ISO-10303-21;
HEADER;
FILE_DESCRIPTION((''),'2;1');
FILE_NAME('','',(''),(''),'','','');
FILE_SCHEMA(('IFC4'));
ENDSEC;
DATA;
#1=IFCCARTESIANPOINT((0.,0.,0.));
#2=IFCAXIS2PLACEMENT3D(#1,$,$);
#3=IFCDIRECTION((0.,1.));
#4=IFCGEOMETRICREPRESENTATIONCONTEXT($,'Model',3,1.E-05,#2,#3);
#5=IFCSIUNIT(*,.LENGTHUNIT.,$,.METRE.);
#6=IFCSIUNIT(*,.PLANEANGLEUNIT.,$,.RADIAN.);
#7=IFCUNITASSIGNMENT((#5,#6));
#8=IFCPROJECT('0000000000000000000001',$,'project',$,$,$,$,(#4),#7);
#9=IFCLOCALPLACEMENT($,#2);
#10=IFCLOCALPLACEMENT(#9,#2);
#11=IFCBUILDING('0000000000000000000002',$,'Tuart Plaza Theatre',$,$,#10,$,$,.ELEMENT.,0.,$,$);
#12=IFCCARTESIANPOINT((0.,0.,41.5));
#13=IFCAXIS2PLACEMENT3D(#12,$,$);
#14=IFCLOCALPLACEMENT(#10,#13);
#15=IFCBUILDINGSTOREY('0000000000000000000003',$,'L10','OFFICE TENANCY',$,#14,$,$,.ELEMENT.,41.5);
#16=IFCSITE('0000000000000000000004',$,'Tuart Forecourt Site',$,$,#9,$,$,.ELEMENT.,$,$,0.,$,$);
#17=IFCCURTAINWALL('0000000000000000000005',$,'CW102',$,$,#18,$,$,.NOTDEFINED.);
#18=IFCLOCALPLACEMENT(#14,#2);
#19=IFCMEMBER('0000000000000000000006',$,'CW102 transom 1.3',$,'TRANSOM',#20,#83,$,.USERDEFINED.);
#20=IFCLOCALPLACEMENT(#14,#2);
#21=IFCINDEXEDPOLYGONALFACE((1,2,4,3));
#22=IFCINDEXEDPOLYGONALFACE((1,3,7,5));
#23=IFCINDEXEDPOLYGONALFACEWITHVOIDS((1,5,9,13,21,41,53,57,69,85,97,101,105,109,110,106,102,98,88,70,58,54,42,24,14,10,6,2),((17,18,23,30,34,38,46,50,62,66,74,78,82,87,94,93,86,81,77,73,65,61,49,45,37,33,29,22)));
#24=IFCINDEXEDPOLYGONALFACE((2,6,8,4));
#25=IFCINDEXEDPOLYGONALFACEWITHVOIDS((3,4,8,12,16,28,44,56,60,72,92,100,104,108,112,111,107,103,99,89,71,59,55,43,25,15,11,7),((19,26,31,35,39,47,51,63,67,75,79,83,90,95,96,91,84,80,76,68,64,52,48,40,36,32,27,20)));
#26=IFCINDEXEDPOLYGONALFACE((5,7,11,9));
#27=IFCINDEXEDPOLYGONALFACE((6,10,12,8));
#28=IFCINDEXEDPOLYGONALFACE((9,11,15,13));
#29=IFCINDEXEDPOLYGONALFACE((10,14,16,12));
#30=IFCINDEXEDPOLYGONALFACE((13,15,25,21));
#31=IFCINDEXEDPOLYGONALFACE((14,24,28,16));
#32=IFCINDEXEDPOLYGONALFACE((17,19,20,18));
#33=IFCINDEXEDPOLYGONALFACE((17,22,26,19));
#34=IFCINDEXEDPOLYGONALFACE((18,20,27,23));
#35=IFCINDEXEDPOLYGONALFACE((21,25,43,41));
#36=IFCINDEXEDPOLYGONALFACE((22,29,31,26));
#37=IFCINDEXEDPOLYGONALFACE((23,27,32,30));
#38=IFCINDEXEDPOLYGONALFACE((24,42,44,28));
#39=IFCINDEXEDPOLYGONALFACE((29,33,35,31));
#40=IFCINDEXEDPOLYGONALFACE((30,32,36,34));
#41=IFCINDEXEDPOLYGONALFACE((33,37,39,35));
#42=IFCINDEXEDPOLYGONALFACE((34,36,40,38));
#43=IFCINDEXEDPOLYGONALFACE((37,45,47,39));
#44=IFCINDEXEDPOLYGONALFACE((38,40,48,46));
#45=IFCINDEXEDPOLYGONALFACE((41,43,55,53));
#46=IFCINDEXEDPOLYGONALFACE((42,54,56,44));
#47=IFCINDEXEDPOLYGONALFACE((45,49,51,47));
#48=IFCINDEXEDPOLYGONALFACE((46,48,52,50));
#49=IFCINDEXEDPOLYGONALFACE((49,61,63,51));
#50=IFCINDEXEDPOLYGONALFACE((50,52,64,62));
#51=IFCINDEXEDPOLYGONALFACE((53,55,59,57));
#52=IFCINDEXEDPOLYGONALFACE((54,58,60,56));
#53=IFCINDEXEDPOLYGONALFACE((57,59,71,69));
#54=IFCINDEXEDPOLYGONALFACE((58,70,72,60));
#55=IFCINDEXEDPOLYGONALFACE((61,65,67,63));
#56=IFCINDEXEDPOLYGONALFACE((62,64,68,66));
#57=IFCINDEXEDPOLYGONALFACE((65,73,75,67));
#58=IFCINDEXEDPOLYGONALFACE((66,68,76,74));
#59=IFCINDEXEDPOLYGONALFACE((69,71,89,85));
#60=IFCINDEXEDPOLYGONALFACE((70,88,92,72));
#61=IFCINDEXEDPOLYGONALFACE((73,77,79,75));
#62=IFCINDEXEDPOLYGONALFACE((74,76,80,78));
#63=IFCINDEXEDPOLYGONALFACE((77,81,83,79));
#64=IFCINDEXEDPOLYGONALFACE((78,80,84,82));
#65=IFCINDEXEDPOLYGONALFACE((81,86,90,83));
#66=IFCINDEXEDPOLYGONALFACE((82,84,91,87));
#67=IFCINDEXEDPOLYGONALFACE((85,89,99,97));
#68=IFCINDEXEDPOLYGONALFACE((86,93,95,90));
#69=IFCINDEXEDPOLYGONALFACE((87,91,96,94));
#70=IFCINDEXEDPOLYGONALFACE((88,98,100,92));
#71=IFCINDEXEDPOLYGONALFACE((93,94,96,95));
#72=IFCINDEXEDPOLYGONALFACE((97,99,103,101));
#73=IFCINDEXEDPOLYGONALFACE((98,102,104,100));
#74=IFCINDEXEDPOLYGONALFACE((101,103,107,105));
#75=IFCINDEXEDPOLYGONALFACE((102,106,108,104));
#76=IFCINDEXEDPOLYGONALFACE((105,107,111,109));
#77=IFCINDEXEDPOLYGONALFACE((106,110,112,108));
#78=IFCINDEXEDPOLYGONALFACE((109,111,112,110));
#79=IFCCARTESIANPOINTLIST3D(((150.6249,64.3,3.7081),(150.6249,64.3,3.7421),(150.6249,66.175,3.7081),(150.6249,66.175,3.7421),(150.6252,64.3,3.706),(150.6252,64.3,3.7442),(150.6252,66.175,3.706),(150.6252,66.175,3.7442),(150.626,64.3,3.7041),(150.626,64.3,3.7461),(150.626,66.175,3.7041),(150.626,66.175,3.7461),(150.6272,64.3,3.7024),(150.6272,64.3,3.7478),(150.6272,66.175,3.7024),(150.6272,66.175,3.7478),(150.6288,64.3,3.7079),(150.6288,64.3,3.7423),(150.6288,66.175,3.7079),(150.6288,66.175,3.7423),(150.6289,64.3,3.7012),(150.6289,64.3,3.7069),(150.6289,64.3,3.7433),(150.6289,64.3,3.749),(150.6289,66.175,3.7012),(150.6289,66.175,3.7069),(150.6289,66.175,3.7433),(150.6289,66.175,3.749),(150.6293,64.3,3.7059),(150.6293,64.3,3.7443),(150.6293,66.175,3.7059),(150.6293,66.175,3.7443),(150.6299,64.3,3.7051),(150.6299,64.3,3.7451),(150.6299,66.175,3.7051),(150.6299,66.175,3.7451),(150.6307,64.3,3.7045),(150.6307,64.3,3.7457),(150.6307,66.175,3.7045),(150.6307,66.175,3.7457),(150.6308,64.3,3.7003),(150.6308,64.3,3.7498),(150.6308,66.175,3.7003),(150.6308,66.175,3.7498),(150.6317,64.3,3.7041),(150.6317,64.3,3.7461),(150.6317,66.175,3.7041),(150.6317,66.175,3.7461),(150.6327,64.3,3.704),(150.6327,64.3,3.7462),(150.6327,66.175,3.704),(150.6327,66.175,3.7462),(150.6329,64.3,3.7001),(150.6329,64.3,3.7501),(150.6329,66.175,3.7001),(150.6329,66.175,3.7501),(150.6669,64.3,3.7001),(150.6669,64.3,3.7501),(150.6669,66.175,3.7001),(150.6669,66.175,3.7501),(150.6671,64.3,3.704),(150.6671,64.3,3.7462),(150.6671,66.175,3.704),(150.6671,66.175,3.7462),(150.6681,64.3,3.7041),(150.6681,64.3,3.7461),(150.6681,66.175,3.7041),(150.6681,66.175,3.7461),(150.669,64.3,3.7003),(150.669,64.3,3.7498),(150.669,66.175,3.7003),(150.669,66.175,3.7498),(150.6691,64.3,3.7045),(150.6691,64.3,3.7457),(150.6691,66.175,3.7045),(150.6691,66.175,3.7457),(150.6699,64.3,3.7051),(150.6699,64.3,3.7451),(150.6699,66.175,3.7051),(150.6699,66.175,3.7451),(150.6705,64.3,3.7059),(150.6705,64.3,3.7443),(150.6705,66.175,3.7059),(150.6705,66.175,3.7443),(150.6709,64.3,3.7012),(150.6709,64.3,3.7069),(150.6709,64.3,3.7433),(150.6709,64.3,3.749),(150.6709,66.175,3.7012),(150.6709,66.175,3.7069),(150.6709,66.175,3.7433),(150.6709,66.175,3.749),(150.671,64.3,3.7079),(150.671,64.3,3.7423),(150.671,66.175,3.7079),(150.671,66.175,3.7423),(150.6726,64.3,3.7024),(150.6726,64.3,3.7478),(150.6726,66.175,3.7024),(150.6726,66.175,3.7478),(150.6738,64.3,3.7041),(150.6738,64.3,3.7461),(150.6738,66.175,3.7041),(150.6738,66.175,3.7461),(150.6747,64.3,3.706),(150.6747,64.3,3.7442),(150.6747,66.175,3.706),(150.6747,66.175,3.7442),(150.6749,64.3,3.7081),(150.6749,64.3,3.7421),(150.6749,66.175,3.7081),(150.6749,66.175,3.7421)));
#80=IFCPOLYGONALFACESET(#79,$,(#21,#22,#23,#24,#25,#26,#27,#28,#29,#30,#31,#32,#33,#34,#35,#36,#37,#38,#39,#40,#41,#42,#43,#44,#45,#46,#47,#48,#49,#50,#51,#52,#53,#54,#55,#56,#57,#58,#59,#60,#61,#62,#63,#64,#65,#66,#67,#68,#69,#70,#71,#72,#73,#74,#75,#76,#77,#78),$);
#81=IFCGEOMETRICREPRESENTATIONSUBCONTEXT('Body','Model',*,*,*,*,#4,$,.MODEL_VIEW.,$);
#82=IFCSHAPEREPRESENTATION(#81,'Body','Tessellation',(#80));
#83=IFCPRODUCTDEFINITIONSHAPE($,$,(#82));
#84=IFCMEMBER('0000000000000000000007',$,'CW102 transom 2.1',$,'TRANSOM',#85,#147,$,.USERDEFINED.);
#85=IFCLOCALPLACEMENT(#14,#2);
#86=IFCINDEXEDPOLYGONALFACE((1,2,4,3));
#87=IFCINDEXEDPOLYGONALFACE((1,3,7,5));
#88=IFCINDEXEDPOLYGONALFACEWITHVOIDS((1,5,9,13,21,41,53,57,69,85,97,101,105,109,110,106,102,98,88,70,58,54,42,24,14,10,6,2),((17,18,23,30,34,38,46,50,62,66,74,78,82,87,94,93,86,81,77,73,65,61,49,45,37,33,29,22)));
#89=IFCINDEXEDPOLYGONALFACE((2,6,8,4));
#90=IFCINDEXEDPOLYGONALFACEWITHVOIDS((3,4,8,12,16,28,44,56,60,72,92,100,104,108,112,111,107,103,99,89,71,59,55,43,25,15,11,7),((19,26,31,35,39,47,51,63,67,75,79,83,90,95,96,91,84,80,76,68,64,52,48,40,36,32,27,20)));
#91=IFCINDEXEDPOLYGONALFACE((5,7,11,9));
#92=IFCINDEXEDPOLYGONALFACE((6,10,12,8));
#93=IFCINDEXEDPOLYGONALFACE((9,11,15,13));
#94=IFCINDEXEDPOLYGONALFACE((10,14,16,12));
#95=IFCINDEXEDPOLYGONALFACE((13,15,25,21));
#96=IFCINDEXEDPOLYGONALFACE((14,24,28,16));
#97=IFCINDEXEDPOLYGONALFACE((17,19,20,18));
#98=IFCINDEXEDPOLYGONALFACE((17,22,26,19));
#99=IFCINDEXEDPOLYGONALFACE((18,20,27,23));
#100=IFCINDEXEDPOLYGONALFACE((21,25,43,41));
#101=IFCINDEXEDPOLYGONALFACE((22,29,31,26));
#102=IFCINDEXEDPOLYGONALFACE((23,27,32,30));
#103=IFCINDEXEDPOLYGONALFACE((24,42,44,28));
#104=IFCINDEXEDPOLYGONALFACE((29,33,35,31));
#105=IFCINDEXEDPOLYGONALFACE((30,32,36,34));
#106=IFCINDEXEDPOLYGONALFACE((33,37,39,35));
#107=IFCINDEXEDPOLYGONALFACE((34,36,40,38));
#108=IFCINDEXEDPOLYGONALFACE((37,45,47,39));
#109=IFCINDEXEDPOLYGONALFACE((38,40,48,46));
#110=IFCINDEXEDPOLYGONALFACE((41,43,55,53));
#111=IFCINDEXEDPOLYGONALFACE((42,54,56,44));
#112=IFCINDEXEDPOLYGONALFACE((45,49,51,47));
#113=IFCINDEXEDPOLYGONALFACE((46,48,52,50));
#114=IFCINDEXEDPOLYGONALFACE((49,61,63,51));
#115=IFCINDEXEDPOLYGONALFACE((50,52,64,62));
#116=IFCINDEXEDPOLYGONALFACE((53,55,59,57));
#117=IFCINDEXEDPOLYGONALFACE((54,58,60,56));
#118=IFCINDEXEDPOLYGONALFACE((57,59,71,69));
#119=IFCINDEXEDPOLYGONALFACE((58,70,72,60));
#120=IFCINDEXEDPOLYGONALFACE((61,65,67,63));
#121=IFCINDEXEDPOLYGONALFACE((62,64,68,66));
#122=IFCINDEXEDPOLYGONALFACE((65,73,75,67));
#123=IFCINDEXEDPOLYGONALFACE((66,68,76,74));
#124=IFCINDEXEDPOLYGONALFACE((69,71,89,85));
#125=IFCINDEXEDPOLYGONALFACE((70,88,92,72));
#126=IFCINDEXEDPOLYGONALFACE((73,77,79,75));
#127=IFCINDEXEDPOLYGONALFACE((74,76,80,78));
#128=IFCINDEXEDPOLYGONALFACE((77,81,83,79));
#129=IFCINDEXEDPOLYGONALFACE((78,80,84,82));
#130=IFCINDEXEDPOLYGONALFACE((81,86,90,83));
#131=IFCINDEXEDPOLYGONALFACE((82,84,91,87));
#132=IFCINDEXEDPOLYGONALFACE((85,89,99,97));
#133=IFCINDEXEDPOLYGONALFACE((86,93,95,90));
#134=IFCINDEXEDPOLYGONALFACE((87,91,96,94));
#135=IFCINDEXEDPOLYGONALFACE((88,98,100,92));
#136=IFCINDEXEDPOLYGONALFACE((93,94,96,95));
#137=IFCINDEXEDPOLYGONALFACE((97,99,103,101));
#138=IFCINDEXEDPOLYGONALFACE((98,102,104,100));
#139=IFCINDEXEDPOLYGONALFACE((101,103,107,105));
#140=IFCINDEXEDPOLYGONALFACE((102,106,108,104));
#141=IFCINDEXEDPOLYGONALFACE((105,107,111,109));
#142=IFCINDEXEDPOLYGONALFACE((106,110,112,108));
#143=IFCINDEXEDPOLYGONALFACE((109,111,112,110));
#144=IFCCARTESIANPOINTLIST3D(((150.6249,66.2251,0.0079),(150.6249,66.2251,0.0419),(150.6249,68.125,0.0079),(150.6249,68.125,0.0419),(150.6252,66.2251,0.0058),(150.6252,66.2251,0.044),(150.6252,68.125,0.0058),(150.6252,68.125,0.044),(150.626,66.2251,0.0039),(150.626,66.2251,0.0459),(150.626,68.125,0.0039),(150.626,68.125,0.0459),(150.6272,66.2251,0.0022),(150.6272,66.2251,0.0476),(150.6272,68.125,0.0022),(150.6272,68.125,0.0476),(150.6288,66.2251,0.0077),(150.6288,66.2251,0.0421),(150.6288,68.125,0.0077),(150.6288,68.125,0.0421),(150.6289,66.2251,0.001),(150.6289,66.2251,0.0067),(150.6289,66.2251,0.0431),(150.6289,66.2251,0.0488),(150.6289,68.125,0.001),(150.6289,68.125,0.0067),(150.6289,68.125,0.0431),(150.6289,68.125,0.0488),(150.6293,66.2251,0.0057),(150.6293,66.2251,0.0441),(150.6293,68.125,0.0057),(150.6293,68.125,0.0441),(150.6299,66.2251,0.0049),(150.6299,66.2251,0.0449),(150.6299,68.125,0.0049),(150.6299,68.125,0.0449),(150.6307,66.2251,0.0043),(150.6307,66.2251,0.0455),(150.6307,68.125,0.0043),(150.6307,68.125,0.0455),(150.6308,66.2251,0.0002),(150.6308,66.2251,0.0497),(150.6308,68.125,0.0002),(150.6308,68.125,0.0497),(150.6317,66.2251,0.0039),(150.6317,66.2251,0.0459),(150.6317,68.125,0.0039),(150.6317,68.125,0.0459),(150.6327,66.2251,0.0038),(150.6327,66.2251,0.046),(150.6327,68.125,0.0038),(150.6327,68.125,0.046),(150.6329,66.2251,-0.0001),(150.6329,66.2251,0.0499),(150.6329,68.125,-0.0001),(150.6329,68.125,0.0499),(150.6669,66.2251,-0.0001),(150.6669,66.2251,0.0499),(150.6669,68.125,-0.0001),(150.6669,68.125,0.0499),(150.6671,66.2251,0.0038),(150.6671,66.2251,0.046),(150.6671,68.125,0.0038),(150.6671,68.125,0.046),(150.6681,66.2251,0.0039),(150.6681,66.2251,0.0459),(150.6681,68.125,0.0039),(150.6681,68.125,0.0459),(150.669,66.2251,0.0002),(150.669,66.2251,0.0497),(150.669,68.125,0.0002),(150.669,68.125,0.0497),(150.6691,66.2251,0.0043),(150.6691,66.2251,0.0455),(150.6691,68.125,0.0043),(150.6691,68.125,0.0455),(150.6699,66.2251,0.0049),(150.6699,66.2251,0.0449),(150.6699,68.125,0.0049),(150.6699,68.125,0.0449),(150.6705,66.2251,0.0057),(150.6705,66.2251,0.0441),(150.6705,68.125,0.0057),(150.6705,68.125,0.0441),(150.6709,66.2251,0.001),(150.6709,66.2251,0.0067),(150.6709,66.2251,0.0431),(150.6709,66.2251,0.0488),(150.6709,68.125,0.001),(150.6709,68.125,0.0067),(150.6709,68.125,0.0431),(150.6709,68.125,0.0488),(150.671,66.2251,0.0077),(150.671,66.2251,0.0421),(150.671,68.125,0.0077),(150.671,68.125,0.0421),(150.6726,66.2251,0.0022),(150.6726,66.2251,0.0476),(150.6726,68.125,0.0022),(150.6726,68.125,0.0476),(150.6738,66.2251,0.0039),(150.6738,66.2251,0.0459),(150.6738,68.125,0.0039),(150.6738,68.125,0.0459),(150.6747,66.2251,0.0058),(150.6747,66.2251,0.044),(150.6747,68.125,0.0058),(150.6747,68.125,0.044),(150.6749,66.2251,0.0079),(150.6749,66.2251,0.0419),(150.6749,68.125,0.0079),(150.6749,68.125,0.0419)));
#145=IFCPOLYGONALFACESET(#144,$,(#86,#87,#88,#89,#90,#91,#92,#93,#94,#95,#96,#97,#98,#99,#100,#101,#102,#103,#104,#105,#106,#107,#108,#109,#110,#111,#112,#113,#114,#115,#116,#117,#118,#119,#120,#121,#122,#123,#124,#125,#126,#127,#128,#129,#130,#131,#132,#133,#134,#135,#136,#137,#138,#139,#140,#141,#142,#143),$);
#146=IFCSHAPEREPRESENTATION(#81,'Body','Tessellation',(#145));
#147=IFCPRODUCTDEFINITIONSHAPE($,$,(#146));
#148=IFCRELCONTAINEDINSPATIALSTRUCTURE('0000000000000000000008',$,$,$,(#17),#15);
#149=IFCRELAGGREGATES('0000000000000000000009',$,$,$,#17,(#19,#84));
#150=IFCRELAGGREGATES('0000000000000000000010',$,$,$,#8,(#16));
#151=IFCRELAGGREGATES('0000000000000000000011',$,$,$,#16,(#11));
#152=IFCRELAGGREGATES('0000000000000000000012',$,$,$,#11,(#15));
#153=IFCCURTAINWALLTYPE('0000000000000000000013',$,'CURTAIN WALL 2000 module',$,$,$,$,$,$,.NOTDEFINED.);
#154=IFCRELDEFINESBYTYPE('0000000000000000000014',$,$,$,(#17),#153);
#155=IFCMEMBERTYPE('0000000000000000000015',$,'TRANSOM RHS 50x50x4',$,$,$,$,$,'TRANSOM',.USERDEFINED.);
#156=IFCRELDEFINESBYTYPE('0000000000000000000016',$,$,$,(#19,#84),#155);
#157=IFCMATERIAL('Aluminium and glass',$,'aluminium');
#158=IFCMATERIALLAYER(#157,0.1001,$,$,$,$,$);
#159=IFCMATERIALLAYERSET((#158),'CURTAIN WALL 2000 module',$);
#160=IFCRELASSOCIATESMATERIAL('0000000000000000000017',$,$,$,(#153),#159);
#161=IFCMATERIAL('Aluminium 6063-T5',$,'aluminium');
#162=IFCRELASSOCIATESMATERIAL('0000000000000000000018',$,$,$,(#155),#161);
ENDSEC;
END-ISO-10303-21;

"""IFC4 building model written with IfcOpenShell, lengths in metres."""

from ifc_helpers import new_model, si_unit, direction, frame, origin, origin_2d, place, context, subcontext, project, spatial, hollow_rectangle, extrude, material, layer, layer_set, material_profile, profile_set, type_object, element, aggregate, save


model = new_model("IFC4")

# Units and contexts
model_context = context("Model", 3, precision=1e-05, world=origin(), true_north=direction((0.0, 1.0)))
body_context = subcontext(model_context, "Body", "Model", "MODEL_VIEW")
ifc_project = project(units=[si_unit("LENGTHUNIT", "METRE"), si_unit("PLANEANGLEUNIT", "RADIAN")], contexts=[model_context])

# Site, building, storey
site_placement = place(None, origin())
site = spatial("IfcSite", under=ifc_project, at=site_placement, Name="Tuart Forecourt Site", CompositionType="ELEMENT", RefElevation=0.0)
building_placement = place(site_placement, origin())
building = spatial("IfcBuilding", under=site, at=building_placement, Name="Tuart Plaza Theatre", CompositionType="ELEMENT", ElevationOfRefHeight=0.0)
storey_placement = place(building_placement, frame((0.0, 0.0, 41.5)))
storey = spatial("IfcBuildingStorey", under=building, at=storey_placement, Name="L10", Description="OFFICE TENANCY", CompositionType="ELEMENT", Elevation=41.5)

# Curtain wall
ifc_material_1 = material(Name="Aluminium and glass", Category="aluminium")
ifc_layer_1 = layer(ifc_material_1, 0.1001)
ifc_layer_set_1 = layer_set([ifc_layer_1], Name="CURTAIN WALL 2000 module")
curtain_wall_type = type_object("IfcCurtainWallType", Name="CURTAIN WALL 2000 module", PredefinedType="NOTDEFINED", material=ifc_layer_set_1)
curtain_wall_1_placement = place(storey_placement, origin())
curtain_wall_1 = element("IfcCurtainWall", 1, at=curtain_wall_1_placement, inside=storey, type_object=curtain_wall_type, Name="CW102", PredefinedType="NOTDEFINED")

# Members
ifc_material_2 = material(Name="Aluminium 6063-T5", Category="aluminium")
ifc_material_profile_1 = material_profile(ifc_material_2, hollow_rectangle(XDim=0.05, YDim=0.05, WallThickness=0.0039, InnerFilletRadius=0.0039, OuterFilletRadius=0.0081, at=origin_2d()), Name="RHS 50x50x4")
ifc_profile_set_1 = profile_set([ifc_material_profile_1], Name="Aluminium 6063-T5")
member_type_1 = type_object("IfcMemberType", Name="TRANSOM RHS 50x50x4", ElementType="TRANSOM", PredefinedType="USERDEFINED", material=ifc_profile_set_1)
member_1_placement = place(storey_placement, frame((150.6499, 64.3, 3.7251), z_axis=(0.0, 1.0, 0.0), x_axis=(-1.0, 0.0, 0.0)))
member_1 = element("IfcMember", 2, at=member_1_placement, type_object=member_type_1, Name="CW102 transom 1.3", ObjectType="TRANSOM", PredefinedType="USERDEFINED", context=body_context, shape_type="SweptSolid", body=[
    extrude(hollow_rectangle(XDim=0.05, YDim=0.05, WallThickness=0.0039, InnerFilletRadius=0.0039, OuterFilletRadius=0.0081, at=origin_2d()), origin(), (0.0, 0.0, 1.0), 1.875),
])
member_2_placement = place(storey_placement, frame((150.6499, 66.2251, 0.0249), z_axis=(0.0, 1.0, 0.0), x_axis=(-1.0, 0.0, 0.0)))
member_2 = element("IfcMember", 3, at=member_2_placement, type_object=member_type_1, Name="CW102 transom 2.1", ObjectType="TRANSOM", PredefinedType="USERDEFINED", context=body_context, shape_type="SweptSolid", body=[
    extrude(hollow_rectangle(XDim=0.05, YDim=0.05, WallThickness=0.0039, InnerFilletRadius=0.0039, OuterFilletRadius=0.0081, at=origin_2d()), origin(), (0.0, 0.0, 1.0), 1.8999),
])

aggregate(curtain_wall_1, [member_1, member_2])

save(model, "model.ifc")
